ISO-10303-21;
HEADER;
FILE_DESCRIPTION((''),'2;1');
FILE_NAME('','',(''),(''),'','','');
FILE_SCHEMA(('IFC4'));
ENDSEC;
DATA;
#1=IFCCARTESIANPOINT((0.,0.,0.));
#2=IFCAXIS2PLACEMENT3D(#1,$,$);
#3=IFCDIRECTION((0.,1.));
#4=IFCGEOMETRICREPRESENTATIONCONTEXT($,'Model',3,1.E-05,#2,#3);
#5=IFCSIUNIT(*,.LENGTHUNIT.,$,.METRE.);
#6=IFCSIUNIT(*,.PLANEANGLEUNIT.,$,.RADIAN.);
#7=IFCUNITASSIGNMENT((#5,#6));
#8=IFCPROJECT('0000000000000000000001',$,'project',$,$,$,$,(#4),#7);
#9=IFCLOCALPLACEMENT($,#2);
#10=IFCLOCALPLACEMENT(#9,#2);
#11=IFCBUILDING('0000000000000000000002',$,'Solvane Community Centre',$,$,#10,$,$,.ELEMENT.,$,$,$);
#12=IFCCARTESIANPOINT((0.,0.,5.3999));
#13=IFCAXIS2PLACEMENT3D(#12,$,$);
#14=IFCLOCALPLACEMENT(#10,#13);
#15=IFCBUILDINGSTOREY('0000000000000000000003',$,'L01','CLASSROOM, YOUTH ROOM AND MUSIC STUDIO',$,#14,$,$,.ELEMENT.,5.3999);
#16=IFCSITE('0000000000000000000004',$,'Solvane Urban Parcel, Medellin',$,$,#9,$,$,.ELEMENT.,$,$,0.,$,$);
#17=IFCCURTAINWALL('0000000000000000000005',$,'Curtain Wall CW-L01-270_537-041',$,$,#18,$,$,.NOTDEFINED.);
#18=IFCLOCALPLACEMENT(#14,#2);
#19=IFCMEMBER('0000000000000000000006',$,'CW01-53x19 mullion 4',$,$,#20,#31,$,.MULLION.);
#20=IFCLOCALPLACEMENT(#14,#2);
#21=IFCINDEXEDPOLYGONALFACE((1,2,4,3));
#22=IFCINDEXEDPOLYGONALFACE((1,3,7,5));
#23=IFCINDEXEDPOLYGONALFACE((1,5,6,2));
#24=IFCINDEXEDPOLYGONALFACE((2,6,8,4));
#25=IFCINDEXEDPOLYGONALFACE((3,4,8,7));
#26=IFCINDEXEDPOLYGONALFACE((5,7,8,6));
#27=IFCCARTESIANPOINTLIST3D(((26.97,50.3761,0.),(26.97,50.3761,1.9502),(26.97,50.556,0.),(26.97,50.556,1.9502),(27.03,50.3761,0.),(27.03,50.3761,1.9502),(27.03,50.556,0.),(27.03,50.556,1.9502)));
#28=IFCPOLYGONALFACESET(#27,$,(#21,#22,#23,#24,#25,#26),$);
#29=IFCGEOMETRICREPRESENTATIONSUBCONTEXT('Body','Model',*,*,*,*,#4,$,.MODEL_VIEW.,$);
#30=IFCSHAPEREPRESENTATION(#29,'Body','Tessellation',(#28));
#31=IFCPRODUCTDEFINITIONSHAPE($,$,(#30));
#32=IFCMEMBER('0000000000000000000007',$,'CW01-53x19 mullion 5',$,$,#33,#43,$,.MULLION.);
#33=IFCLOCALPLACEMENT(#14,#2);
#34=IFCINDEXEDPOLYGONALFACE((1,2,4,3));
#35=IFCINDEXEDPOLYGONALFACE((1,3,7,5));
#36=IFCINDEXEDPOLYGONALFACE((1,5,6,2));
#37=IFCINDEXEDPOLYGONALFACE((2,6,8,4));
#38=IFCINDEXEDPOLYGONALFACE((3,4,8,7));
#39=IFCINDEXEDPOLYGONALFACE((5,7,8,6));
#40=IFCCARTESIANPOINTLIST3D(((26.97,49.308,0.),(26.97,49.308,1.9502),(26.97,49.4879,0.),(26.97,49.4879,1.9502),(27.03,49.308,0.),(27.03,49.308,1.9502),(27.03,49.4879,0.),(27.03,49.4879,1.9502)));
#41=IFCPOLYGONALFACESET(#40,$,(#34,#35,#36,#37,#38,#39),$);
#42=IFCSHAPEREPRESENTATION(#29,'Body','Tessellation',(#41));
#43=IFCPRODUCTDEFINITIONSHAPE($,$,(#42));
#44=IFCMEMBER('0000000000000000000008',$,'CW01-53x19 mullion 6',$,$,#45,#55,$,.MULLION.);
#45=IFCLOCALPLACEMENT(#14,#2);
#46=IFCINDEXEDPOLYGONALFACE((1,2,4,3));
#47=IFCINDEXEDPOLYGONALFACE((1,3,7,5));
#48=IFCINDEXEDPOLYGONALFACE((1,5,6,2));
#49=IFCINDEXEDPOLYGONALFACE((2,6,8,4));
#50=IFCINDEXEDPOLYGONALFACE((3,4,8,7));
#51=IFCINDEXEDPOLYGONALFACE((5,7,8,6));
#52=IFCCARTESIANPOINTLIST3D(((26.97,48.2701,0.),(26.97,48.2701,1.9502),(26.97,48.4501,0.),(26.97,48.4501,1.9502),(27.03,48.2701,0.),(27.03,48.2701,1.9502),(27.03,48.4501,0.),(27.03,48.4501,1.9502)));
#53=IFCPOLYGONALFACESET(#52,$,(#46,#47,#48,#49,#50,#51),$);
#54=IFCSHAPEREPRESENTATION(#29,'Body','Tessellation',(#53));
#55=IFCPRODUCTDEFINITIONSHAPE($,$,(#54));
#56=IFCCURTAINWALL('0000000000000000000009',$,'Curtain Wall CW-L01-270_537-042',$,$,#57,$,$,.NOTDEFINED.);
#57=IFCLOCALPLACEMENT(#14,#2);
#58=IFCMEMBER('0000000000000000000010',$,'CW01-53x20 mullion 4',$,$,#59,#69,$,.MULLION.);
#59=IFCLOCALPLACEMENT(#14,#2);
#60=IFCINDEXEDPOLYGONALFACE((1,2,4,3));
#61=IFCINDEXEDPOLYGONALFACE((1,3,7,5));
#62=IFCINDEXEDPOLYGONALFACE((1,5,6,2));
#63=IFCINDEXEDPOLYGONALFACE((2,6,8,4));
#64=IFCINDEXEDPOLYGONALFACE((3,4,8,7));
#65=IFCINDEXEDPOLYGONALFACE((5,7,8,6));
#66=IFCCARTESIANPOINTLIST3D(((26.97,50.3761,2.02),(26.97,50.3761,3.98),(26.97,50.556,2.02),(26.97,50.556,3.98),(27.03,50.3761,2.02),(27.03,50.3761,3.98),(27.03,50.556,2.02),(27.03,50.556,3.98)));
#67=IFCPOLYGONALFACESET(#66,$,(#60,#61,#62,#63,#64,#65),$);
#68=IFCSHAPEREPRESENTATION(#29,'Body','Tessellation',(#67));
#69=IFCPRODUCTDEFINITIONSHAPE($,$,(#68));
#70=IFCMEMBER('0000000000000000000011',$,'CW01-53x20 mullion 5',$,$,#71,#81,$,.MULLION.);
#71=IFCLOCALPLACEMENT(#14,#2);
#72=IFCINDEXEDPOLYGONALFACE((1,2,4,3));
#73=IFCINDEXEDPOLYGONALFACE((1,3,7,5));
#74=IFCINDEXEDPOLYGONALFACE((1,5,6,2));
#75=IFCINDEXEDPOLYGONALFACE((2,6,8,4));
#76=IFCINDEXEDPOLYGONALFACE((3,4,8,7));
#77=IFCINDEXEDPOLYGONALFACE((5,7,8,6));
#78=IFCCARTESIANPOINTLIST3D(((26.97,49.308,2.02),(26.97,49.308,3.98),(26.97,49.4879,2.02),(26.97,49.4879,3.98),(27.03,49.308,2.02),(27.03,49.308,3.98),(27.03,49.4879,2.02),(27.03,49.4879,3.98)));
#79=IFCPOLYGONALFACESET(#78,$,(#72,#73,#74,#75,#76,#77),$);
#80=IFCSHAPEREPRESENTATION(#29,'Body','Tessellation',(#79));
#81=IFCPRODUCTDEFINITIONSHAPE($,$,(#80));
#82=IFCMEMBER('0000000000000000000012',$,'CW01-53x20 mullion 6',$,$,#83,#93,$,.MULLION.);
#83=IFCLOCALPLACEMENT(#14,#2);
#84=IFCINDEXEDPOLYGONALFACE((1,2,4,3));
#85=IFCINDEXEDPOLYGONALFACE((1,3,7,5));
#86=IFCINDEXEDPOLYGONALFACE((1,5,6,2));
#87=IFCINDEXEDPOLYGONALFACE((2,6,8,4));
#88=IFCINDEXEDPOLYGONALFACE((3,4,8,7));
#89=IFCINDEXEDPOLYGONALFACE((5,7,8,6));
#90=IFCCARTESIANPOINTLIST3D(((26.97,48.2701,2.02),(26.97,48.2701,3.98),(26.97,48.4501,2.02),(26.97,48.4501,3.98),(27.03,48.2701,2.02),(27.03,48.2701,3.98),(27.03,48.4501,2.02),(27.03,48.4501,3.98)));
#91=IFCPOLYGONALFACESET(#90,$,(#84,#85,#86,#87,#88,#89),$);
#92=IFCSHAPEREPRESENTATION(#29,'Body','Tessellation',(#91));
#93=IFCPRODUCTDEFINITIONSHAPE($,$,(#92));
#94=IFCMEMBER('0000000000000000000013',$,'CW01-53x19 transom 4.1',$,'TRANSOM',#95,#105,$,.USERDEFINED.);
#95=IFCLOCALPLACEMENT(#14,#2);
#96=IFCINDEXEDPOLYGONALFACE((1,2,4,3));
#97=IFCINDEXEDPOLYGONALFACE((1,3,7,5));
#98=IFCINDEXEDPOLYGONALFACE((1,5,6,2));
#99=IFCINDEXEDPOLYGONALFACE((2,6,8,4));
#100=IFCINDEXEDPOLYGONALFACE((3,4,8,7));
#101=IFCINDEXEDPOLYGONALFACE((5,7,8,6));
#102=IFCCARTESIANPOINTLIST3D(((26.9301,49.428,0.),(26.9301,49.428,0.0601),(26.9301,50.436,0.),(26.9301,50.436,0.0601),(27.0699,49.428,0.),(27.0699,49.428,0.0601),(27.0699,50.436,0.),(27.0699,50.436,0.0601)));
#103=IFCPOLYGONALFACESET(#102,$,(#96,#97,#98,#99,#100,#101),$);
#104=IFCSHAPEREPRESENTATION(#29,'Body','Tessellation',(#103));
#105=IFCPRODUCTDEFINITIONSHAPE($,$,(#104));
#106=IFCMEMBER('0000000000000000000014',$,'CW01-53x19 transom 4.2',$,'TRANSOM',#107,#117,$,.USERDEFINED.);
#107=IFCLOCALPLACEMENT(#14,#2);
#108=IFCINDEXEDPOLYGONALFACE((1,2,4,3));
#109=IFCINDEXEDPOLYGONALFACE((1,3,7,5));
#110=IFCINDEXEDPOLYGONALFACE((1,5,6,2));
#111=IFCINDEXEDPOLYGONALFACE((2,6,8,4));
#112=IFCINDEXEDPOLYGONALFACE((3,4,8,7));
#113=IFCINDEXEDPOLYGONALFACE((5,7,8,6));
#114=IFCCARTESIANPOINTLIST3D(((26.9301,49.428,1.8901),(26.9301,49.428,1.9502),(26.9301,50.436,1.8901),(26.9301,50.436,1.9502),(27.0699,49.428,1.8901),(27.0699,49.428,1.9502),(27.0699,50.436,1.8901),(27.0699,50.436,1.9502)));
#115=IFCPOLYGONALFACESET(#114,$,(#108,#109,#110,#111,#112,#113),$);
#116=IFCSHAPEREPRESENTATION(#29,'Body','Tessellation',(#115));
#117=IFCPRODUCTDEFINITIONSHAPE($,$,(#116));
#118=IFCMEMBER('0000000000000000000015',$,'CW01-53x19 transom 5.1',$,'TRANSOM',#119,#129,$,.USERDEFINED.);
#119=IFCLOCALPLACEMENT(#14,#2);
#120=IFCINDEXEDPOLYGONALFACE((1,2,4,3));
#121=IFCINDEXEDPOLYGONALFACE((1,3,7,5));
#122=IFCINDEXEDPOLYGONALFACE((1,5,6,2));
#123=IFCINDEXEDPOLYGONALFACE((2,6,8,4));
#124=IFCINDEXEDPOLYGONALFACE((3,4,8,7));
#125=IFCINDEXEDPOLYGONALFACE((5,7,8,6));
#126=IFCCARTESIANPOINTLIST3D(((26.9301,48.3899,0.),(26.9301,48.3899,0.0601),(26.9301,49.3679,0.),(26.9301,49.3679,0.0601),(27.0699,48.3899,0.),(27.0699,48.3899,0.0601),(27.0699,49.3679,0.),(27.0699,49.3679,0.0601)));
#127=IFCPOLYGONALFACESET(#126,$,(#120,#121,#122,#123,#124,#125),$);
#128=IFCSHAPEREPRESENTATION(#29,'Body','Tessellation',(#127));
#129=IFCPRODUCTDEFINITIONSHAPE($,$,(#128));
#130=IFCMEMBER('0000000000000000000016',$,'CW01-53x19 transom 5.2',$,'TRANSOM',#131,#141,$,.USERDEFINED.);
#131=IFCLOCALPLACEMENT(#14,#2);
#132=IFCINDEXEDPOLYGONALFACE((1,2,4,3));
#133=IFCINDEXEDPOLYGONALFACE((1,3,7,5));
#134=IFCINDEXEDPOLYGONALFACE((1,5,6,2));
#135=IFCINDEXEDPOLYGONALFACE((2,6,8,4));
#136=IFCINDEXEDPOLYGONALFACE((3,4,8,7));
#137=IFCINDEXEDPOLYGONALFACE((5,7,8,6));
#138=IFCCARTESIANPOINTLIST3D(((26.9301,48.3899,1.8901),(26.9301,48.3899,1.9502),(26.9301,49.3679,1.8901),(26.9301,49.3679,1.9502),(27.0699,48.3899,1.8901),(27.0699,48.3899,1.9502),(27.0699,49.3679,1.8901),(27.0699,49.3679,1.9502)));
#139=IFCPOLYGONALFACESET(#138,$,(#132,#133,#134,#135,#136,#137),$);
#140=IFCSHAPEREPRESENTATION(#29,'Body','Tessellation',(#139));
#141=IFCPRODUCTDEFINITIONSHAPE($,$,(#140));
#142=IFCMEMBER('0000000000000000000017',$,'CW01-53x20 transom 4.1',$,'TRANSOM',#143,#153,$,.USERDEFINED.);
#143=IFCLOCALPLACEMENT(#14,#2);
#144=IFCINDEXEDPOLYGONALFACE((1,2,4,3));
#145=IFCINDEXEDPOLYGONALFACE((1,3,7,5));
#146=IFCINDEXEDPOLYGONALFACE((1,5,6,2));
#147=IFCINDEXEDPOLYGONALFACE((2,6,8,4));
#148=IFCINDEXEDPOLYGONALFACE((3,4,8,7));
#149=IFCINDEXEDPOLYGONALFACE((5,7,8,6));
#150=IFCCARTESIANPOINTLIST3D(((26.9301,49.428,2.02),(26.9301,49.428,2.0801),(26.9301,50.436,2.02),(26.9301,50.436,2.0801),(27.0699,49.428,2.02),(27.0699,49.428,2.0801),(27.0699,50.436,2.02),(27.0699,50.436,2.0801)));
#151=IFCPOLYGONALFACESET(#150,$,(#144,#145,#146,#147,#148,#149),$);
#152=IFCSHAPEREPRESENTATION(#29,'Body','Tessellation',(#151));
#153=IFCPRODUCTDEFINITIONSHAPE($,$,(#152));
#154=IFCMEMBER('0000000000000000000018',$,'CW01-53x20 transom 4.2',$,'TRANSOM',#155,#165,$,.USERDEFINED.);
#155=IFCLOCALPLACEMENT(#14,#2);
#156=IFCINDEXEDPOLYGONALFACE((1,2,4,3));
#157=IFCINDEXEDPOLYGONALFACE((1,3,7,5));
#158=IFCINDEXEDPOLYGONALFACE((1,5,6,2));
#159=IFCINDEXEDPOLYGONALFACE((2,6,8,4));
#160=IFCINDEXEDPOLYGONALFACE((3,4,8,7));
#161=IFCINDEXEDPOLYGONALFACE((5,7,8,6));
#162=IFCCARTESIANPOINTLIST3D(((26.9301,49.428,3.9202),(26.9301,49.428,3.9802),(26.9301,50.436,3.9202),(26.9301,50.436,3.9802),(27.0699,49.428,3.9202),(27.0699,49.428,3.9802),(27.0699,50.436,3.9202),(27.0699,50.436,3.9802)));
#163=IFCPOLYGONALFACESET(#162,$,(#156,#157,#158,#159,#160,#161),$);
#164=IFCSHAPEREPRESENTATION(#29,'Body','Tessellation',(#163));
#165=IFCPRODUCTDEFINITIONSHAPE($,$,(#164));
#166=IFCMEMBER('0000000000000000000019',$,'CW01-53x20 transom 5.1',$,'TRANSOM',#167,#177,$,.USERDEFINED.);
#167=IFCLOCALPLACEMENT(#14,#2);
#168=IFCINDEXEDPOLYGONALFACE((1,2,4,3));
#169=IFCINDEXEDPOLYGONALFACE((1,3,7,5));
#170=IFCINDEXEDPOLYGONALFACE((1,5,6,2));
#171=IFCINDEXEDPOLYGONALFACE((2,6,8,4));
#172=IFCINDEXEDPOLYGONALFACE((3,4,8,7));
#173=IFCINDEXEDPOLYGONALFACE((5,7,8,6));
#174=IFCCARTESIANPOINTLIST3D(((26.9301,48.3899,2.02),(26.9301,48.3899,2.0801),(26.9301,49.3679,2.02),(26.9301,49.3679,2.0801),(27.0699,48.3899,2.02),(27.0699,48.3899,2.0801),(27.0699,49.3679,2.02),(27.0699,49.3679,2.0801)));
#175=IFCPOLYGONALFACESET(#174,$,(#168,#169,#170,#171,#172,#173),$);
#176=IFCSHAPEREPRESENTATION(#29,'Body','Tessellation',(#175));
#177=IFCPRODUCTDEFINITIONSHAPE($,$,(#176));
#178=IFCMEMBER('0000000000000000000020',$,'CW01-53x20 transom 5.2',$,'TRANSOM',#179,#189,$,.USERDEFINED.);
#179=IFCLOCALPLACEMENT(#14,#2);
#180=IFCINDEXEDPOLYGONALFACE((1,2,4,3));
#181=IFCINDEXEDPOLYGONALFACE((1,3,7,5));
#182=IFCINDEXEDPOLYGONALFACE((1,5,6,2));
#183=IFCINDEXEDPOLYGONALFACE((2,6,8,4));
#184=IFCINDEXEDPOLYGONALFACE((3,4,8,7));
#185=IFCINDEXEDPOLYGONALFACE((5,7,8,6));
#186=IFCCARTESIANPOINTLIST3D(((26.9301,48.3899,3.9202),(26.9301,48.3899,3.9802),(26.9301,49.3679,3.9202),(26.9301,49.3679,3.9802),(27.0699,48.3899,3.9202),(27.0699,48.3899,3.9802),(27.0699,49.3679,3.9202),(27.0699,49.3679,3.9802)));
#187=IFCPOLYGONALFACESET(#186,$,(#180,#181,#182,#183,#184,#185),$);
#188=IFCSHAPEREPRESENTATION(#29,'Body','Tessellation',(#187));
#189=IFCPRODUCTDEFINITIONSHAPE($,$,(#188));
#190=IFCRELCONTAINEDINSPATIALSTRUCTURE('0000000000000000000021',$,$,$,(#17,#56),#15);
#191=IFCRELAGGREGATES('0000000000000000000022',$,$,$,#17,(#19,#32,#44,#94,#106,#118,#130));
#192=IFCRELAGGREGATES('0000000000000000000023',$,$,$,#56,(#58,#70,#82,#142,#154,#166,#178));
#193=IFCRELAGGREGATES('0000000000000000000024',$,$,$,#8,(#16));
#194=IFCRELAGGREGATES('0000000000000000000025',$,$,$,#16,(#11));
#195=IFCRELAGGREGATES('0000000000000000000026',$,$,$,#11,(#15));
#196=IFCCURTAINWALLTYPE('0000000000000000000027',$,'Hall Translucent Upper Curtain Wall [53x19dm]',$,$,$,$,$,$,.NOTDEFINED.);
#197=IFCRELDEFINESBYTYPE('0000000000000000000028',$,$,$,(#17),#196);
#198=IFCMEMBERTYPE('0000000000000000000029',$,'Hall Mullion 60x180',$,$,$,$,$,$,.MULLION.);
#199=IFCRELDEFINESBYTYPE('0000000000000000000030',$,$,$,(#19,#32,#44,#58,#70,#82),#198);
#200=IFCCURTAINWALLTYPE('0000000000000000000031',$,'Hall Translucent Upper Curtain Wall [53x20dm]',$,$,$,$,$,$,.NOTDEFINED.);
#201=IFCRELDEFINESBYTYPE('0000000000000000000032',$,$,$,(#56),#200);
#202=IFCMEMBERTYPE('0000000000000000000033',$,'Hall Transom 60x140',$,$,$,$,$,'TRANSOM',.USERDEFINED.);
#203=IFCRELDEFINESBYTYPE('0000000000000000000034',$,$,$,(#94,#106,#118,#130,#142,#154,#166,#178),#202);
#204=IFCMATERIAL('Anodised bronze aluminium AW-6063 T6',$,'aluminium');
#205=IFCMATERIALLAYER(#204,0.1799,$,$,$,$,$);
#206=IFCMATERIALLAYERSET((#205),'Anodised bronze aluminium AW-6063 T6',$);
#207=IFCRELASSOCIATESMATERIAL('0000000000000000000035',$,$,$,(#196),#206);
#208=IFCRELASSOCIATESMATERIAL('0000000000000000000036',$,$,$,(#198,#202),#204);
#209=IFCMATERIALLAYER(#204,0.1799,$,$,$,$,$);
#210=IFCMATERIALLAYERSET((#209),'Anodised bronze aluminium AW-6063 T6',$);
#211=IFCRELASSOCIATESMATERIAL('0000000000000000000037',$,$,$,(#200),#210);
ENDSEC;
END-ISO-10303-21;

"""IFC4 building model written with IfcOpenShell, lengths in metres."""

from ifc_helpers import new_model, si_unit, direction, frame, origin, origin_2d, place, context, subcontext, project, spatial, rectangle, extrude, material, layer, layer_set, material_profile, profile_set, type_object, element, aggregate, save


model = new_model("IFC4")

# Units and contexts
model_context = context("Model", 3, precision=1e-05, world=origin(), true_north=direction((0.0, 1.0)))
body_context = subcontext(model_context, "Body", "Model", "MODEL_VIEW")
ifc_project = project(units=[si_unit("LENGTHUNIT", "METRE"), si_unit("PLANEANGLEUNIT", "RADIAN")], contexts=[model_context])

# Site, building, storey
site_placement = place(None, origin())
site = spatial("IfcSite", under=ifc_project, at=site_placement, Name="Solvane Urban Parcel, Medellin", CompositionType="ELEMENT", RefElevation=0.0)
building_placement = place(site_placement, origin())
building = spatial("IfcBuilding", under=site, at=building_placement, Name="Solvane Community Centre", CompositionType="ELEMENT")
storey_placement = place(building_placement, frame((0.0, 0.0, 5.3999)))
storey = spatial("IfcBuildingStorey", under=building, at=storey_placement, Name="L01", Description="CLASSROOM, YOUTH ROOM AND MUSIC STUDIO", CompositionType="ELEMENT", Elevation=5.3999)

# Curtain walls, members
ifc_material_1 = material(Name="Anodised bronze aluminium AW-6063 T6", Category="aluminium")
ifc_layer_1 = layer(ifc_material_1, 0.1799)
ifc_layer_set_1 = layer_set([ifc_layer_1], Name="Anodised bronze aluminium AW-6063 T6")
curtain_wall_type_1 = type_object("IfcCurtainWallType", Name="Hall Translucent Upper Curtain Wall [53x19dm]", PredefinedType="NOTDEFINED", material=ifc_layer_set_1)
curtain_wall_1_placement = place(storey_placement, origin())
curtain_wall_1 = element("IfcCurtainWall", 1, at=curtain_wall_1_placement, inside=storey, type_object=curtain_wall_type_1, Name="Curtain Wall CW-L01-270_537-041", PredefinedType="NOTDEFINED")
ifc_material_profile_1 = material_profile(ifc_material_1, rectangle(XDim=0.0601, YDim=0.1799, at=origin_2d()), Name="CW-M 60x180")
ifc_profile_set_1 = profile_set([ifc_material_profile_1], Name="Anodised bronze aluminium AW-6063 T6")
member_type_1 = type_object("IfcMemberType", Name="Hall Mullion 60x180", PredefinedType="MULLION", material=ifc_profile_set_1)
member_1_placement = place(storey_placement, frame((27.0, 50.4661, 0.0), z_axis=(0.0, 0.0, 1.0), x_axis=(1.0, 0.0, 0.0)))
member_1 = element("IfcMember", 2, at=member_1_placement, type_object=member_type_1, Name="CW01-53x19 mullion 4", PredefinedType="MULLION", context=body_context, shape_type="SweptSolid", body=[
    extrude(rectangle(XDim=0.0601, YDim=0.1799, at=origin_2d()), origin(), (0.0, 0.0, 1.0), 1.9502),
])
member_2_placement = place(storey_placement, frame((27.0, 49.3979, 0.0), z_axis=(0.0, 0.0, 1.0), x_axis=(1.0, 0.0, 0.0)))
member_2 = element("IfcMember", 3, at=member_2_placement, type_object=member_type_1, Name="CW01-53x19 mullion 5", PredefinedType="MULLION", context=body_context, shape_type="SweptSolid", body=[
    extrude(rectangle(XDim=0.0601, YDim=0.1799, at=origin_2d()), origin(), (0.0, 0.0, 1.0), 1.9502),
])
member_3_placement = place(storey_placement, frame((27.0, 48.3601, 0.0), z_axis=(0.0, 0.0, 1.0), x_axis=(1.0, 0.0, 0.0)))
member_3 = element("IfcMember", 4, at=member_3_placement, type_object=member_type_1, Name="CW01-53x19 mullion 6", PredefinedType="MULLION", context=body_context, shape_type="SweptSolid", body=[
    extrude(rectangle(XDim=0.0601, YDim=0.1799, at=origin_2d()), origin(), (0.0, 0.0, 1.0), 1.9502),
])
ifc_layer_2 = layer(ifc_material_1, 0.1799)
ifc_layer_set_2 = layer_set([ifc_layer_2], Name="Anodised bronze aluminium AW-6063 T6")
curtain_wall_type_2 = type_object("IfcCurtainWallType", Name="Hall Translucent Upper Curtain Wall [53x20dm]", PredefinedType="NOTDEFINED", material=ifc_layer_set_2)
curtain_wall_2_placement = place(storey_placement, origin())
curtain_wall_2 = element("IfcCurtainWall", 5, at=curtain_wall_2_placement, inside=storey, type_object=curtain_wall_type_2, Name="Curtain Wall CW-L01-270_537-042", PredefinedType="NOTDEFINED")
member_4_placement = place(storey_placement, frame((27.0, 50.4661, 2.02), z_axis=(0.0, 0.0, 1.0), x_axis=(1.0, 0.0, 0.0)))
member_4 = element("IfcMember", 6, at=member_4_placement, type_object=member_type_1, Name="CW01-53x20 mullion 4", PredefinedType="MULLION", context=body_context, shape_type="SweptSolid", body=[
    extrude(rectangle(XDim=0.0601, YDim=0.1799, at=origin_2d()), origin(), (0.0, 0.0, 1.0), 1.96),
])
member_5_placement = place(storey_placement, frame((27.0, 49.3979, 2.02), z_axis=(0.0, 0.0, 1.0), x_axis=(1.0, 0.0, 0.0)))
member_5 = element("IfcMember", 7, at=member_5_placement, type_object=member_type_1, Name="CW01-53x20 mullion 5", PredefinedType="MULLION", context=body_context, shape_type="SweptSolid", body=[
    extrude(rectangle(XDim=0.0601, YDim=0.1799, at=origin_2d()), origin(), (0.0, 0.0, 1.0), 1.96),
])
member_6_placement = place(storey_placement, frame((27.0, 48.3601, 2.02), z_axis=(0.0, 0.0, 1.0), x_axis=(1.0, 0.0, 0.0)))
member_6 = element("IfcMember", 8, at=member_6_placement, type_object=member_type_1, Name="CW01-53x20 mullion 6", PredefinedType="MULLION", context=body_context, shape_type="SweptSolid", body=[
    extrude(rectangle(XDim=0.0601, YDim=0.1799, at=origin_2d()), origin(), (0.0, 0.0, 1.0), 1.96),
])

# Members
ifc_material_profile_2 = material_profile(ifc_material_1, rectangle(XDim=0.1399, YDim=0.0601, at=origin_2d()), Name="CW-T 60x140")
ifc_profile_set_2 = profile_set([ifc_material_profile_2], Name="Anodised bronze aluminium AW-6063 T6")
member_type_2 = type_object("IfcMemberType", Name="Hall Transom 60x140", ElementType="TRANSOM", PredefinedType="USERDEFINED", material=ifc_profile_set_2)
member_7_placement = place(storey_placement, frame((27.0, 50.436, 0.03), z_axis=(0.0, -1.0, 0.0), x_axis=(1.0, 0.0, 0.0)))
member_7 = element("IfcMember", 9, at=member_7_placement, type_object=member_type_2, Name="CW01-53x19 transom 4.1", ObjectType="TRANSOM", PredefinedType="USERDEFINED", context=body_context, shape_type="SweptSolid", body=[
    extrude(rectangle(XDim=0.1399, YDim=0.0601, at=origin_2d()), origin(), (0.0, 0.0, 1.0), 1.0081),
])
member_8_placement = place(storey_placement, frame((27.0, 50.436, 1.9202), z_axis=(0.0, -1.0, 0.0), x_axis=(1.0, 0.0, 0.0)))
member_8 = element("IfcMember", 10, at=member_8_placement, type_object=member_type_2, Name="CW01-53x19 transom 4.2", ObjectType="TRANSOM", PredefinedType="USERDEFINED", context=body_context, shape_type="SweptSolid", body=[
    extrude(rectangle(XDim=0.1399, YDim=0.0601, at=origin_2d()), origin(), (0.0, 0.0, 1.0), 1.0081),
])
member_9_placement = place(storey_placement, frame((27.0, 49.3679, 0.03), z_axis=(0.0, -1.0, 0.0), x_axis=(1.0, 0.0, 0.0)))
member_9 = element("IfcMember", 11, at=member_9_placement, type_object=member_type_2, Name="CW01-53x19 transom 5.1", ObjectType="TRANSOM", PredefinedType="USERDEFINED", context=body_context, shape_type="SweptSolid", body=[
    extrude(rectangle(XDim=0.1399, YDim=0.0601, at=origin_2d()), origin(), (0.0, 0.0, 1.0), 0.978),
])
member_10_placement = place(storey_placement, frame((27.0, 49.3679, 1.9202), z_axis=(0.0, -1.0, 0.0), x_axis=(1.0, 0.0, 0.0)))
member_10 = element("IfcMember", 12, at=member_10_placement, type_object=member_type_2, Name="CW01-53x19 transom 5.2", ObjectType="TRANSOM", PredefinedType="USERDEFINED", context=body_context, shape_type="SweptSolid", body=[
    extrude(rectangle(XDim=0.1399, YDim=0.0601, at=origin_2d()), origin(), (0.0, 0.0, 1.0), 0.978),
])
member_11_placement = place(storey_placement, frame((27.0, 50.436, 2.05), z_axis=(0.0, -1.0, 0.0), x_axis=(1.0, 0.0, 0.0)))
member_11 = element("IfcMember", 13, at=member_11_placement, type_object=member_type_2, Name="CW01-53x20 transom 4.1", ObjectType="TRANSOM", PredefinedType="USERDEFINED", context=body_context, shape_type="SweptSolid", body=[
    extrude(rectangle(XDim=0.1399, YDim=0.0601, at=origin_2d()), origin(), (0.0, 0.0, 1.0), 1.0081),
])
member_12_placement = place(storey_placement, frame((27.0, 50.436, 3.9502), z_axis=(0.0, -1.0, 0.0), x_axis=(1.0, 0.0, 0.0)))
member_12 = element("IfcMember", 14, at=member_12_placement, type_object=member_type_2, Name="CW01-53x20 transom 4.2", ObjectType="TRANSOM", PredefinedType="USERDEFINED", context=body_context, shape_type="SweptSolid", body=[
    extrude(rectangle(XDim=0.1399, YDim=0.0601, at=origin_2d()), origin(), (0.0, 0.0, 1.0), 1.0081),
])
member_13_placement = place(storey_placement, frame((27.0, 49.3679, 2.05), z_axis=(0.0, -1.0, 0.0), x_axis=(1.0, 0.0, 0.0)))
member_13 = element("IfcMember", 15, at=member_13_placement, type_object=member_type_2, Name="CW01-53x20 transom 5.1", ObjectType="TRANSOM", PredefinedType="USERDEFINED", context=body_context, shape_type="SweptSolid", body=[
    extrude(rectangle(XDim=0.1399, YDim=0.0601, at=origin_2d()), origin(), (0.0, 0.0, 1.0), 0.978),
])
member_14_placement = place(storey_placement, frame((27.0, 49.3679, 3.9502), z_axis=(0.0, -1.0, 0.0), x_axis=(1.0, 0.0, 0.0)))
member_14 = element("IfcMember", 16, at=member_14_placement, type_object=member_type_2, Name="CW01-53x20 transom 5.2", ObjectType="TRANSOM", PredefinedType="USERDEFINED", context=body_context, shape_type="SweptSolid", body=[
    extrude(rectangle(XDim=0.1399, YDim=0.0601, at=origin_2d()), origin(), (0.0, 0.0, 1.0), 0.978),
])

aggregate(curtain_wall_1, [member_1, member_2, member_3, member_7, member_8, member_9, member_10])
aggregate(curtain_wall_2, [member_4, member_5, member_6, member_11, member_12, member_13, member_14])

save(model, "model.ifc")
